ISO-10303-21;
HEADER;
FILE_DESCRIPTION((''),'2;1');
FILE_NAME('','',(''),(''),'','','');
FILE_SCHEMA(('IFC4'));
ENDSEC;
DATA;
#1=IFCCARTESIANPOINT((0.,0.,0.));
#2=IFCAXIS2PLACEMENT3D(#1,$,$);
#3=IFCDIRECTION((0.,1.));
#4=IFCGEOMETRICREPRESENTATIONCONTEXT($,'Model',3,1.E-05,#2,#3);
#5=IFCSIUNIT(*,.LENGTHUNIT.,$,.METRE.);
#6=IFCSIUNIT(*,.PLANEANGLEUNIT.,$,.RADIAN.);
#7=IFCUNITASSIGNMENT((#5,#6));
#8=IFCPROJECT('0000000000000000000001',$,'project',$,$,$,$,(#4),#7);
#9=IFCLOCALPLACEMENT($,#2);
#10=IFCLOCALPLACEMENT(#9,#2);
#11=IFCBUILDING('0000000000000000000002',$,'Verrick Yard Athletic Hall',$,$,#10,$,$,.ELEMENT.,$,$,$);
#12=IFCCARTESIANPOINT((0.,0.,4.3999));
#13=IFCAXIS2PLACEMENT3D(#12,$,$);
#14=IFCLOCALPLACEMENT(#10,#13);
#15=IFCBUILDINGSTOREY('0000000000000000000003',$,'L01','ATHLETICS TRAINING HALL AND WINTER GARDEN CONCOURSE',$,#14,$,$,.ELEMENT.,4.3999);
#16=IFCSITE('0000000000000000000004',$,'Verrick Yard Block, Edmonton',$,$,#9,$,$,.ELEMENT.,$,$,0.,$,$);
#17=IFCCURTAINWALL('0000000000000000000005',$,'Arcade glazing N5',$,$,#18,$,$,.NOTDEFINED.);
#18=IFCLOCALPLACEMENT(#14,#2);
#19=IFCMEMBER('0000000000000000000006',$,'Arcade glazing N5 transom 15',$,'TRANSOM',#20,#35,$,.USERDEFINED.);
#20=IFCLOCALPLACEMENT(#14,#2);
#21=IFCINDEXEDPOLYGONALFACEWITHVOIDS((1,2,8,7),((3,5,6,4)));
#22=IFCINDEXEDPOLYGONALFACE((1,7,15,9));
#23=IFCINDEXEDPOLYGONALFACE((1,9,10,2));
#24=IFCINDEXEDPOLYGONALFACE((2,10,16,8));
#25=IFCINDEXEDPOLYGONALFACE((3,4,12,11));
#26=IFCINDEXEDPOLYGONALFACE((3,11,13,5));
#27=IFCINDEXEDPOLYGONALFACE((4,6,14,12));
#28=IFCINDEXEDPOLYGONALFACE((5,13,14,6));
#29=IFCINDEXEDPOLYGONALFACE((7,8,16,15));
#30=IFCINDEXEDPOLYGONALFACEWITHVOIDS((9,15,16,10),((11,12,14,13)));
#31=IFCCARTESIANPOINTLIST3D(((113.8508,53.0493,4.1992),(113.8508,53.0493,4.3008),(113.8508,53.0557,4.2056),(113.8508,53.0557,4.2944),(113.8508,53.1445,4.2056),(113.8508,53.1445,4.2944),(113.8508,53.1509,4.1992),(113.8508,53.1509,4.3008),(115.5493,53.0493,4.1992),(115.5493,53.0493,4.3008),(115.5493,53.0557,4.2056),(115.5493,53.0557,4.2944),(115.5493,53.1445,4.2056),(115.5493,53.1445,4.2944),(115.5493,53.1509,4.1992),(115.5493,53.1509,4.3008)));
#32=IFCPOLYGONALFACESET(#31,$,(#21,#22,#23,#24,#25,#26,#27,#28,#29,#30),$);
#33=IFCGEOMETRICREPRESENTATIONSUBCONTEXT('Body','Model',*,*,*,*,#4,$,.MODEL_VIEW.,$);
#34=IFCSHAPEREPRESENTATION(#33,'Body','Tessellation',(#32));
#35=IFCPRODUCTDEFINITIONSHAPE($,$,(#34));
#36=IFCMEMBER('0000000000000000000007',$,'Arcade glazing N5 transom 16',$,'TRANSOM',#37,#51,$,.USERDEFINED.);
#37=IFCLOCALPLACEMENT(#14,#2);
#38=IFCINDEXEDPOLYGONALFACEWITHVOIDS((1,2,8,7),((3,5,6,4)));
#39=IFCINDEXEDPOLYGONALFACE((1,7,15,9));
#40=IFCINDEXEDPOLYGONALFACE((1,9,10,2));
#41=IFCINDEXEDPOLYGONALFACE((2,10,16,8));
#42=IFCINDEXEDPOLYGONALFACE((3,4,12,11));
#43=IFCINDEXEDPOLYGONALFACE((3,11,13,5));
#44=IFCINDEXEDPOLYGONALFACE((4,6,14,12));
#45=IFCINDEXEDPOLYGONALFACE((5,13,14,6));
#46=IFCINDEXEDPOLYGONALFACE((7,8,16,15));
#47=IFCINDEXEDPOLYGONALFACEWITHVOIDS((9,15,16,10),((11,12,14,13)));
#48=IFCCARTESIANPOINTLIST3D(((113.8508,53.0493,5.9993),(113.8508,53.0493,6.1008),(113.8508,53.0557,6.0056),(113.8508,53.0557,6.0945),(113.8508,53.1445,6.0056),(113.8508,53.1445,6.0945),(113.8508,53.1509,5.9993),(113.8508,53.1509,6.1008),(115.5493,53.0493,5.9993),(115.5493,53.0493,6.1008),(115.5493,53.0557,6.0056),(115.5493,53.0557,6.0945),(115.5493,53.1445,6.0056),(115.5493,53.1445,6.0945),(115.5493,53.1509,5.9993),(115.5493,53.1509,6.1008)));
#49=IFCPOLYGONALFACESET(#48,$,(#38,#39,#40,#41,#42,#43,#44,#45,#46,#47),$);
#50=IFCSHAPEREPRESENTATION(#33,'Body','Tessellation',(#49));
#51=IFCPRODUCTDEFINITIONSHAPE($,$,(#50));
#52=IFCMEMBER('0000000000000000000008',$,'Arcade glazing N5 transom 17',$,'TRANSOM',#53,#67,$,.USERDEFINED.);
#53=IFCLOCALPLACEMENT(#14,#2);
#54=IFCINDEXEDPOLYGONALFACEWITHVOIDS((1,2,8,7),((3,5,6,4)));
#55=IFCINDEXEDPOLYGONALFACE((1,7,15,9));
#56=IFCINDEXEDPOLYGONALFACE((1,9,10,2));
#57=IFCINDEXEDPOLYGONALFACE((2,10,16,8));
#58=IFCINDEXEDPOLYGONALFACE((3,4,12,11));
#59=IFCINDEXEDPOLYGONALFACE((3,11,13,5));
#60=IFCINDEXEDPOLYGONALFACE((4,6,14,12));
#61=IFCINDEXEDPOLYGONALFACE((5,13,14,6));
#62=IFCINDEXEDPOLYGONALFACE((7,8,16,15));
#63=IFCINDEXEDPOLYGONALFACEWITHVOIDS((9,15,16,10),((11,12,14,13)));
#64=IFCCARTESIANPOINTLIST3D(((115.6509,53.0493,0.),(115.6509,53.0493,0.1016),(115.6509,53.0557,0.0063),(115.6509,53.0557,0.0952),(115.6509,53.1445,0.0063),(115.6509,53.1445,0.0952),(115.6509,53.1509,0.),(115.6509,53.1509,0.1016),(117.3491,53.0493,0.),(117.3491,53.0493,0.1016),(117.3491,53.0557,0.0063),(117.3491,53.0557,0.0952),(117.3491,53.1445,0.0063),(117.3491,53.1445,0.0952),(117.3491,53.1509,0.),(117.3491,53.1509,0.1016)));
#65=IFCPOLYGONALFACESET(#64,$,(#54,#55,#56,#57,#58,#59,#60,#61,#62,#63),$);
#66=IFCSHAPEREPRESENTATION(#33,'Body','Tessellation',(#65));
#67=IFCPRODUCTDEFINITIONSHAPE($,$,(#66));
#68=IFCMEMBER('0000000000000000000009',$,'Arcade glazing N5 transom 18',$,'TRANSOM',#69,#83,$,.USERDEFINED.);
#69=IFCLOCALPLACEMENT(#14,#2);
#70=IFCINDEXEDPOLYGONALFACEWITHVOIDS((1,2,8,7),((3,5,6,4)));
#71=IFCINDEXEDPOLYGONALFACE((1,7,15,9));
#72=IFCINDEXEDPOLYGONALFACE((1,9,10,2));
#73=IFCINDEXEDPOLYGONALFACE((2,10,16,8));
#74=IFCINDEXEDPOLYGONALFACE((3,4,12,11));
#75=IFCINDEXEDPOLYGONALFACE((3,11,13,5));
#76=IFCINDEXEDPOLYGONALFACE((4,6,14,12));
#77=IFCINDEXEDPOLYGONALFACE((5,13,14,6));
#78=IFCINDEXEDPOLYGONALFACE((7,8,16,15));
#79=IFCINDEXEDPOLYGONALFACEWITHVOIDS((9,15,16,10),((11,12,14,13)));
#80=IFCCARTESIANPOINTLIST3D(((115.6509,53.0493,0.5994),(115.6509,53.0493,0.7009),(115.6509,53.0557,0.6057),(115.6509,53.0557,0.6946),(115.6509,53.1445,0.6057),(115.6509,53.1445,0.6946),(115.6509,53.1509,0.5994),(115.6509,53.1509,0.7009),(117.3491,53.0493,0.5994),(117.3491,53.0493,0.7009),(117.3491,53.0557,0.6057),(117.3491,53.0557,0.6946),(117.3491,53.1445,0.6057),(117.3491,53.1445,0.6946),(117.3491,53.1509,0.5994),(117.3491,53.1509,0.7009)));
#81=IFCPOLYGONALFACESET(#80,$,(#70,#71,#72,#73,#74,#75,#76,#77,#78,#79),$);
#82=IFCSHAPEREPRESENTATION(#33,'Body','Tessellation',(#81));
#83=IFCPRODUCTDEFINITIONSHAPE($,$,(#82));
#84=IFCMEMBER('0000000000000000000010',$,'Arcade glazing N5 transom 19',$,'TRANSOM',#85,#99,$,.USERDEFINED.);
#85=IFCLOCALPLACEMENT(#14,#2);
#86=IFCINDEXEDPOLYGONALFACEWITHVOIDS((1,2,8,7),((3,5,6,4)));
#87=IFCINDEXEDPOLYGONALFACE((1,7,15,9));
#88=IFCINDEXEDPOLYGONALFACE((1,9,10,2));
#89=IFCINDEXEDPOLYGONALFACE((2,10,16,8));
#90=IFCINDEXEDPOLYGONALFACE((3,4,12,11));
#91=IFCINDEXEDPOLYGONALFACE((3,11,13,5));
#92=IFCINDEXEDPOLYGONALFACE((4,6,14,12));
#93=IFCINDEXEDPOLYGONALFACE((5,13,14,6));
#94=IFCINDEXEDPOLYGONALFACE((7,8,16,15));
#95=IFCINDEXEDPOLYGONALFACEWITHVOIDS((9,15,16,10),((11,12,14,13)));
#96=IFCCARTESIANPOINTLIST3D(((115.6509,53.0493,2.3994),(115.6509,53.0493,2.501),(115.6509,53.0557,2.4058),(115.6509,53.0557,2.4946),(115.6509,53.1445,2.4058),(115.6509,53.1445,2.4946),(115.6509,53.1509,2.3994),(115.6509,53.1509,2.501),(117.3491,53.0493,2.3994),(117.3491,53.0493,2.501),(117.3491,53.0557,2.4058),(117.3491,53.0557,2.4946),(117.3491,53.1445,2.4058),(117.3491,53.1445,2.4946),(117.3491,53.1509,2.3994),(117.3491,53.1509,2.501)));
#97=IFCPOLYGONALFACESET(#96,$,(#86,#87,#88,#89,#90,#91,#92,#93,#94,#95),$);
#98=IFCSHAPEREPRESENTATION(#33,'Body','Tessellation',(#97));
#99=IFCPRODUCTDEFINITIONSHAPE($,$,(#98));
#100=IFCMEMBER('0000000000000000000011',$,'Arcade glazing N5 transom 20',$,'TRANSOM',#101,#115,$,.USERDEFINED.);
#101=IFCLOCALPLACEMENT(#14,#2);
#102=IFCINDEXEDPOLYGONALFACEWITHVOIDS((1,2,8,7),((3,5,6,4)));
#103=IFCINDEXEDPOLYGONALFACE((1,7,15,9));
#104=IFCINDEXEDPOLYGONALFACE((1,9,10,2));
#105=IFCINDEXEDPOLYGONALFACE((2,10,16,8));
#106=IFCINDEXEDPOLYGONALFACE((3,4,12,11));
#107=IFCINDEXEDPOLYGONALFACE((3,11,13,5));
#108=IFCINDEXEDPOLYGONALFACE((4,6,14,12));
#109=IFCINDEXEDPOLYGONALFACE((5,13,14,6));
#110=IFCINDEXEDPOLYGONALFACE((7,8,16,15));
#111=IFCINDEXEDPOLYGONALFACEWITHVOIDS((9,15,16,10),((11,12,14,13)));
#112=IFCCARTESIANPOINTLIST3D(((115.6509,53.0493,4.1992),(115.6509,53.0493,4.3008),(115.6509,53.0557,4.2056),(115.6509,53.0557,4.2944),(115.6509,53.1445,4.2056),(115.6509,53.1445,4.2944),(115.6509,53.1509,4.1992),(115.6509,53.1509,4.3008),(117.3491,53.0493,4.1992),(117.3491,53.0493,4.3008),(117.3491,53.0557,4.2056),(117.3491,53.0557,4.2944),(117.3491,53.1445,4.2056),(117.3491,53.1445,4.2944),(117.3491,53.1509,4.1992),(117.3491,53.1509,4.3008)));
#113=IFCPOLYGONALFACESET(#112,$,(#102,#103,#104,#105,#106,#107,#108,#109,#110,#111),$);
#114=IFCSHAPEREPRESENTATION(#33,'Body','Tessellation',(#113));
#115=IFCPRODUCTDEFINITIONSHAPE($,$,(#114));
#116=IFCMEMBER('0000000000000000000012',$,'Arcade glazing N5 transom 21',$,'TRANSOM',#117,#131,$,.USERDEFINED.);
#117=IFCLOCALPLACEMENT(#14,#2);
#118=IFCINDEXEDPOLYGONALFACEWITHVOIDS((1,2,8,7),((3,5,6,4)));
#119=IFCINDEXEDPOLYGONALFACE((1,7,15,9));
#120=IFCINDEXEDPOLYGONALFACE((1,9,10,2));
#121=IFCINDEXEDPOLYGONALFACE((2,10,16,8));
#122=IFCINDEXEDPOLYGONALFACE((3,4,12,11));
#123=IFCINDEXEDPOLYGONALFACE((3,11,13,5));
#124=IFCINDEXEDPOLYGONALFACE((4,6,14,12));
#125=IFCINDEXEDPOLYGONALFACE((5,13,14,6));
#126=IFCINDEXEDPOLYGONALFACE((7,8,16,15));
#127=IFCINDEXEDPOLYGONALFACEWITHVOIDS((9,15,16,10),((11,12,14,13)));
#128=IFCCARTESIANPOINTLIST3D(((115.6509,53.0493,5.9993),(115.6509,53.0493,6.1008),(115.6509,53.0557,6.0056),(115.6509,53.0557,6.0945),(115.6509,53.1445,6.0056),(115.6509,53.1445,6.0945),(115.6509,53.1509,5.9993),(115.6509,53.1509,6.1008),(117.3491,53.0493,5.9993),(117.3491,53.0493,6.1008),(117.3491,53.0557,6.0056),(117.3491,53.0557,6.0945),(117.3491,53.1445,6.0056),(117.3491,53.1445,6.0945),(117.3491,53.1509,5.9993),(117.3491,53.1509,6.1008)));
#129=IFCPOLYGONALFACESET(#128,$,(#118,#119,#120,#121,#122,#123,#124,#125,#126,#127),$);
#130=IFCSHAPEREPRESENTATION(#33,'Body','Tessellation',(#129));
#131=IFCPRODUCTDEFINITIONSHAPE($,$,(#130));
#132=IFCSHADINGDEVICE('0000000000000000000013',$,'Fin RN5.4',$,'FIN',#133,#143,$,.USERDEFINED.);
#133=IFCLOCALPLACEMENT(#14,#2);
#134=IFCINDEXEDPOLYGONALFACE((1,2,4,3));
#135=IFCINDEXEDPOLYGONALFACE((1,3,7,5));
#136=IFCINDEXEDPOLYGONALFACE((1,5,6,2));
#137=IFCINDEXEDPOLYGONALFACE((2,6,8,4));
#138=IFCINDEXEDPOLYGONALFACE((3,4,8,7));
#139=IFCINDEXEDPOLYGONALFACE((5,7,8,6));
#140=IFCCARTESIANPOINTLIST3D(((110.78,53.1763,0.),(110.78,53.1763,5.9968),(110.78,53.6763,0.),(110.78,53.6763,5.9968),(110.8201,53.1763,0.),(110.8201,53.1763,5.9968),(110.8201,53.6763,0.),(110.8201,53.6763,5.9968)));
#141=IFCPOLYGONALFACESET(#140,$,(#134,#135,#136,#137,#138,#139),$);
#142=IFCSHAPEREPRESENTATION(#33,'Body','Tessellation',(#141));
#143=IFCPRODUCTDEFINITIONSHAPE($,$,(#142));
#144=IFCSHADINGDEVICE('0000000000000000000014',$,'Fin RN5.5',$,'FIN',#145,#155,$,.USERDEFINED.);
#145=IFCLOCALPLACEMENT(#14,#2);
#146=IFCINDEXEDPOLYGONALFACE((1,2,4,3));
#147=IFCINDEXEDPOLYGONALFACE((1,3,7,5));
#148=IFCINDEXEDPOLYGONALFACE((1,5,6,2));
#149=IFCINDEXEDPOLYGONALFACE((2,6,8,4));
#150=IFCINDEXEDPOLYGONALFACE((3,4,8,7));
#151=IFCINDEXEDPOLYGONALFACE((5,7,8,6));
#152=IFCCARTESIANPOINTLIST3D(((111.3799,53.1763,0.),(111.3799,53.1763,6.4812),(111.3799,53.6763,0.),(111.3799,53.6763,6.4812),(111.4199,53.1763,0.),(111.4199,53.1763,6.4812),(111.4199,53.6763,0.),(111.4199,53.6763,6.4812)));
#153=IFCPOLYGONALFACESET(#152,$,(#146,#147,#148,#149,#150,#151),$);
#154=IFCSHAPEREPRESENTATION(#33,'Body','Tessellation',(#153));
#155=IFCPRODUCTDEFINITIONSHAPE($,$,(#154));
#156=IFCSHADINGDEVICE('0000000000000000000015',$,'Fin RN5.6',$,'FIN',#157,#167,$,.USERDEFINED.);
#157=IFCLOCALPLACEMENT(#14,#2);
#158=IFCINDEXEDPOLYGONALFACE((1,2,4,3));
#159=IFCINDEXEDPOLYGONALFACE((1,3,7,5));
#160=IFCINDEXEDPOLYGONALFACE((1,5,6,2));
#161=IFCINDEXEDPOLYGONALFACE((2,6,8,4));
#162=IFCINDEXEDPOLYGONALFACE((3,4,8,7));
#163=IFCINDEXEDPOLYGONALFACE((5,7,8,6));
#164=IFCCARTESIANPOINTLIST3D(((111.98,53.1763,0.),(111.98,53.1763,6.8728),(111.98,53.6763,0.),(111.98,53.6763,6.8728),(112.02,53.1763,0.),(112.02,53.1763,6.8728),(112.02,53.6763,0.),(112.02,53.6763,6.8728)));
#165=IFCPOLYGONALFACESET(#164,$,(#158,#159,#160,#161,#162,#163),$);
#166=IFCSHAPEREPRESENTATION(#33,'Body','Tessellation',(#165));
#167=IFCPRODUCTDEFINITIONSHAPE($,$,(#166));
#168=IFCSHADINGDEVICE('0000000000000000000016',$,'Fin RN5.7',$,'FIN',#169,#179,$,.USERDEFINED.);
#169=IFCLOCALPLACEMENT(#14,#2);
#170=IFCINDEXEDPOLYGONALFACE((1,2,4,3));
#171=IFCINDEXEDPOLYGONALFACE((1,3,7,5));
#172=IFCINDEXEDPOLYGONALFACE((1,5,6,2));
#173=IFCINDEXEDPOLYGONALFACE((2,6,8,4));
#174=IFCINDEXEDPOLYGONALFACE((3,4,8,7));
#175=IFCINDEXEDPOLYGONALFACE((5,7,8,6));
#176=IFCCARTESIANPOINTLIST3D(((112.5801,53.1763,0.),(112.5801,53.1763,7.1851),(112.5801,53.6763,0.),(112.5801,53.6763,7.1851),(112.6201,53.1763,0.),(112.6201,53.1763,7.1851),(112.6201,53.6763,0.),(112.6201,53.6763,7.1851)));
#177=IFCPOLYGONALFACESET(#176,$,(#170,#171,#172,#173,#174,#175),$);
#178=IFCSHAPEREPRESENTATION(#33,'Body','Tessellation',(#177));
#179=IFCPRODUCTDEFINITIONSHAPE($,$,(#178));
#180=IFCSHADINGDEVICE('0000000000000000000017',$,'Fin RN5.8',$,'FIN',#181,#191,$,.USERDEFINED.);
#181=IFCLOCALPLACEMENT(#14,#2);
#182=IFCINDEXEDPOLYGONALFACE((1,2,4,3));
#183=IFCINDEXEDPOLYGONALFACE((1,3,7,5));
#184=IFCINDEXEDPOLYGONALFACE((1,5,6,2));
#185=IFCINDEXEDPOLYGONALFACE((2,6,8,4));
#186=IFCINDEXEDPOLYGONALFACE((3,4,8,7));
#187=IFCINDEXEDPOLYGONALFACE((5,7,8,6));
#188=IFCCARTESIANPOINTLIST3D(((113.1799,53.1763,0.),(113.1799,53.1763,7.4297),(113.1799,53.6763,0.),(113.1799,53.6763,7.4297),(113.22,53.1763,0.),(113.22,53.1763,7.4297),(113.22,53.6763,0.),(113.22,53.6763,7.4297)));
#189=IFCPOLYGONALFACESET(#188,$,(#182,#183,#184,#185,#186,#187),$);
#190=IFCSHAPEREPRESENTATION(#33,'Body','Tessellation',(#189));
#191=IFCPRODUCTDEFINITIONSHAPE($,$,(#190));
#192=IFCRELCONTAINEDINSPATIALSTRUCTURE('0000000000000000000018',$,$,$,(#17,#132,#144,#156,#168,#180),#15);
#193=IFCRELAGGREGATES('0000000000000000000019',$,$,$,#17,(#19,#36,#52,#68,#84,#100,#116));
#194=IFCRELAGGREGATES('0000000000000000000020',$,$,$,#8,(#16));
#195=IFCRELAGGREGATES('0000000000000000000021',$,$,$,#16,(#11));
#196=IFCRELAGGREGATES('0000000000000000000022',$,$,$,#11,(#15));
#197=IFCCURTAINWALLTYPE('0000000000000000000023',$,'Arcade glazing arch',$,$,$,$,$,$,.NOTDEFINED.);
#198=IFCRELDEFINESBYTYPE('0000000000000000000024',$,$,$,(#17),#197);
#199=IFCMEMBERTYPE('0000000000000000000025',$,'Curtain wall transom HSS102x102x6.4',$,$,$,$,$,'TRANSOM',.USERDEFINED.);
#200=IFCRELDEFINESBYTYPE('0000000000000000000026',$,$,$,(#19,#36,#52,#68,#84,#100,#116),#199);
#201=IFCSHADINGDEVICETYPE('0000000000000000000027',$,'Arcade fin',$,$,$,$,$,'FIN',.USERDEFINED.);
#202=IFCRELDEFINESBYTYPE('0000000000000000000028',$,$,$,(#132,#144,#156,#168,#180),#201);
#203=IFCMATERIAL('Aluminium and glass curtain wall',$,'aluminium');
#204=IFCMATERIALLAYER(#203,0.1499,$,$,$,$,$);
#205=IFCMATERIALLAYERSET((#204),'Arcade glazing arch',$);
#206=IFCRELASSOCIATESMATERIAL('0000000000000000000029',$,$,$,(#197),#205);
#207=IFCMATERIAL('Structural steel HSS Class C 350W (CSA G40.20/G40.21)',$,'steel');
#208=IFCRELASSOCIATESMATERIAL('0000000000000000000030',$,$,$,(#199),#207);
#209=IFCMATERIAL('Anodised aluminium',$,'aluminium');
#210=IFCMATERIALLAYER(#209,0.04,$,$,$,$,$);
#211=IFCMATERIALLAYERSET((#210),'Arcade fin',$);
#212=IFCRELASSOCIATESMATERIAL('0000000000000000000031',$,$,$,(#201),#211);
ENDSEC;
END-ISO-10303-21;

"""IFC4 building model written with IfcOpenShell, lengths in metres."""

from ifc_helpers import new_model, si_unit, direction, frame, origin, origin_2d, place, context, subcontext, project, spatial, polyline, hollow_rectangle, outline, extrude, material, layer, layer_set, material_profile, profile_set, type_object, element, aggregate, save


model = new_model("IFC4")

# Units and contexts
model_context = context("Model", 3, precision=1e-05, world=origin(), true_north=direction((0.0, 1.0)))
body_context = subcontext(model_context, "Body", "Model", "MODEL_VIEW")
ifc_project = project(units=[si_unit("LENGTHUNIT", "METRE"), si_unit("PLANEANGLEUNIT", "RADIAN")], contexts=[model_context])

# Site, building, storey
site_placement = place(None, origin())
site = spatial("IfcSite", under=ifc_project, at=site_placement, Name="Verrick Yard Block, Edmonton", CompositionType="ELEMENT", RefElevation=0.0)
building_placement = place(site_placement, origin())
building = spatial("IfcBuilding", under=site, at=building_placement, Name="Verrick Yard Athletic Hall", CompositionType="ELEMENT")
storey_placement = place(building_placement, frame((0.0, 0.0, 4.3999)))
storey = spatial("IfcBuildingStorey", under=building, at=storey_placement, Name="L01", Description="ATHLETICS TRAINING HALL AND WINTER GARDEN CONCOURSE", CompositionType="ELEMENT", Elevation=4.3999)

# Curtain wall, members
ifc_material_1 = material(Name="Aluminium and glass curtain wall", Category="aluminium")
ifc_layer_1 = layer(ifc_material_1, 0.1499)
ifc_layer_set_1 = layer_set([ifc_layer_1], Name="Arcade glazing arch")
curtain_wall_type = type_object("IfcCurtainWallType", Name="Arcade glazing arch", PredefinedType="NOTDEFINED", material=ifc_layer_set_1)
curtain_wall_placement = place(storey_placement, origin())
curtain_wall = element("IfcCurtainWall", 1, at=curtain_wall_placement, inside=storey, type_object=curtain_wall_type, Name="Arcade glazing N5", PredefinedType="NOTDEFINED")
ifc_material_2 = material(Name="Structural steel HSS Class C 350W (CSA G40.20/G40.21)", Category="steel")
ifc_material_profile_1 = material_profile(ifc_material_2, hollow_rectangle(XDim=0.1016, YDim=0.1016, WallThickness=0.0063, at=origin_2d()), Name="HSS102x102x6.4")
ifc_profile_set_1 = profile_set([ifc_material_profile_1], Name="Structural steel HSS Class C 350W (CSA G40.20/G40.21)")
member_type_1 = type_object("IfcMemberType", Name="Curtain wall transom HSS102x102x6.4", ElementType="TRANSOM", PredefinedType="USERDEFINED", material=ifc_profile_set_1)
member_1_placement = place(storey_placement, frame((113.8508, 53.1001, 4.25), z_axis=(1.0, 0.0, 0.0), x_axis=(0.0, 1.0, 0.0)))
member_1 = element("IfcMember", 2, at=member_1_placement, type_object=member_type_1, Name="Arcade glazing N5 transom 15", ObjectType="TRANSOM", PredefinedType="USERDEFINED", context=body_context, shape_type="SweptSolid", body=[
    extrude(hollow_rectangle(XDim=0.1016, YDim=0.1016, WallThickness=0.0063, at=origin_2d()), origin(), (0.0, 0.0, 1.0), 1.6985),
])
member_2_placement = place(storey_placement, frame((113.8508, 53.1001, 6.05), z_axis=(1.0, 0.0, 0.0), x_axis=(0.0, 1.0, 0.0)))
member_2 = element("IfcMember", 3, at=member_2_placement, type_object=member_type_1, Name="Arcade glazing N5 transom 16", ObjectType="TRANSOM", PredefinedType="USERDEFINED", context=body_context, shape_type="SweptSolid", body=[
    extrude(hollow_rectangle(XDim=0.1016, YDim=0.1016, WallThickness=0.0063, at=origin_2d()), origin(), (0.0, 0.0, 1.0), 1.6985),
])
member_3_placement = place(storey_placement, frame((115.6509, 53.1001, 0.0508), z_axis=(1.0, 0.0, 0.0), x_axis=(0.0, 1.0, 0.0)))
member_3 = element("IfcMember", 4, at=member_3_placement, type_object=member_type_1, Name="Arcade glazing N5 transom 17", ObjectType="TRANSOM", PredefinedType="USERDEFINED", context=body_context, shape_type="SweptSolid", body=[
    extrude(hollow_rectangle(XDim=0.1016, YDim=0.1016, WallThickness=0.0063, at=origin_2d()), origin(), (0.0, 0.0, 1.0), 1.6982),
])
member_4_placement = place(storey_placement, frame((115.6509, 53.1001, 0.6501), z_axis=(1.0, 0.0, 0.0), x_axis=(0.0, 1.0, 0.0)))
member_4 = element("IfcMember", 5, at=member_4_placement, type_object=member_type_1, Name="Arcade glazing N5 transom 18", ObjectType="TRANSOM", PredefinedType="USERDEFINED", context=body_context, shape_type="SweptSolid", body=[
    extrude(hollow_rectangle(XDim=0.1016, YDim=0.1016, WallThickness=0.0063, at=origin_2d()), origin(), (0.0, 0.0, 1.0), 1.6982),
])
member_5_placement = place(storey_placement, frame((115.6509, 53.1001, 2.4502), z_axis=(1.0, 0.0, 0.0), x_axis=(0.0, 1.0, 0.0)))
member_5 = element("IfcMember", 6, at=member_5_placement, type_object=member_type_1, Name="Arcade glazing N5 transom 19", ObjectType="TRANSOM", PredefinedType="USERDEFINED", context=body_context, shape_type="SweptSolid", body=[
    extrude(hollow_rectangle(XDim=0.1016, YDim=0.1016, WallThickness=0.0063, at=origin_2d()), origin(), (0.0, 0.0, 1.0), 1.6982),
])
member_6_placement = place(storey_placement, frame((115.6509, 53.1001, 4.25), z_axis=(1.0, 0.0, 0.0), x_axis=(0.0, 1.0, 0.0)))
member_6 = element("IfcMember", 7, at=member_6_placement, type_object=member_type_1, Name="Arcade glazing N5 transom 20", ObjectType="TRANSOM", PredefinedType="USERDEFINED", context=body_context, shape_type="SweptSolid", body=[
    extrude(hollow_rectangle(XDim=0.1016, YDim=0.1016, WallThickness=0.0063, at=origin_2d()), origin(), (0.0, 0.0, 1.0), 1.6982),
])
member_7_placement = place(storey_placement, frame((115.6509, 53.1001, 6.05), z_axis=(1.0, 0.0, 0.0), x_axis=(0.0, 1.0, 0.0)))
member_7 = element("IfcMember", 8, at=member_7_placement, type_object=member_type_1, Name="Arcade glazing N5 transom 21", ObjectType="TRANSOM", PredefinedType="USERDEFINED", context=body_context, shape_type="SweptSolid", body=[
    extrude(hollow_rectangle(XDim=0.1016, YDim=0.1016, WallThickness=0.0063, at=origin_2d()), origin(), (0.0, 0.0, 1.0), 1.6982),
])
aggregate(curtain_wall, [member_1, member_2, member_3, member_4, member_5, member_6, member_7])

# Shading devices
ifc_material_3 = material(Name="Anodised aluminium", Category="aluminium")
ifc_layer_2 = layer(ifc_material_3, 0.04)
ifc_layer_set_2 = layer_set([ifc_layer_2], Name="Arcade fin")
shading_device_type = type_object("IfcShadingDeviceType", Name="Arcade fin", ElementType="FIN", PredefinedType="USERDEFINED", material=ifc_layer_set_2)
shading_device_1_placement = place(storey_placement, frame((110.8, 53.1763, 0.0), z_axis=(0.0, 0.0, 1.0), x_axis=(0.0, 1.0, 0.0)))
element("IfcShadingDevice", 9, at=shading_device_1_placement, inside=storey, type_object=shading_device_type, Name="Fin RN5.4", ObjectType="FIN", PredefinedType="USERDEFINED", context=body_context, shape_type="SweptSolid", body=[
    extrude(outline(polyline([(0.0, 0.0), (0.5, 0.0), (0.5, 5.9968), (0.0, 5.9968), (0.0, 0.0)])), frame((0.0, 0.02, 0.0), z_axis=(0.0, -1.0, 0.0), x_axis=(1.0, 0.0, 0.0)), (0.0, 0.0, 1.0), 0.04),
])
shading_device_2_placement = place(storey_placement, frame((111.3999, 53.1763, 0.0), z_axis=(0.0, 0.0, 1.0), x_axis=(0.0, 1.0, 0.0)))
element("IfcShadingDevice", 10, at=shading_device_2_placement, inside=storey, type_object=shading_device_type, Name="Fin RN5.5", ObjectType="FIN", PredefinedType="USERDEFINED", context=body_context, shape_type="SweptSolid", body=[
    extrude(outline(polyline([(0.0, 0.0), (0.5, 0.0), (0.5, 6.4812), (0.0, 6.4812), (0.0, 0.0)])), frame((0.0, 0.02, 0.0), z_axis=(0.0, -1.0, 0.0), x_axis=(1.0, 0.0, 0.0)), (0.0, 0.0, 1.0), 0.04),
])
shading_device_3_placement = place(storey_placement, frame((112.0, 53.1763, 0.0), z_axis=(0.0, 0.0, 1.0), x_axis=(0.0, 1.0, 0.0)))
element("IfcShadingDevice", 11, at=shading_device_3_placement, inside=storey, type_object=shading_device_type, Name="Fin RN5.6", ObjectType="FIN", PredefinedType="USERDEFINED", context=body_context, shape_type="SweptSolid", body=[
    extrude(outline(polyline([(0.0, 0.0), (0.5, 0.0), (0.5, 6.8728), (0.0, 6.8728), (0.0, 0.0)])), frame((0.0, 0.02, 0.0), z_axis=(0.0, -1.0, 0.0), x_axis=(1.0, 0.0, 0.0)), (0.0, 0.0, 1.0), 0.04),
])
shading_device_4_placement = place(storey_placement, frame((112.6001, 53.1763, 0.0), z_axis=(0.0, 0.0, 1.0), x_axis=(0.0, 1.0, 0.0)))
element("IfcShadingDevice", 12, at=shading_device_4_placement, inside=storey, type_object=shading_device_type, Name="Fin RN5.7", ObjectType="FIN", PredefinedType="USERDEFINED", context=body_context, shape_type="SweptSolid", body=[
    extrude(outline(polyline([(0.0, 0.0), (0.5, 0.0), (0.5, 7.1851), (0.0, 7.1851), (0.0, 0.0)])), frame((0.0, 0.02, 0.0), z_axis=(0.0, -1.0, 0.0), x_axis=(1.0, 0.0, 0.0)), (0.0, 0.0, 1.0), 0.04),
])
shading_device_5_placement = place(storey_placement, frame((113.2, 53.1763, 0.0), z_axis=(0.0, 0.0, 1.0), x_axis=(0.0, 1.0, 0.0)))
element("IfcShadingDevice", 13, at=shading_device_5_placement, inside=storey, type_object=shading_device_type, Name="Fin RN5.8", ObjectType="FIN", PredefinedType="USERDEFINED", context=body_context, shape_type="SweptSolid", body=[
    extrude(outline(polyline([(0.0, 0.0), (0.5, 0.0), (0.5, 7.4297), (0.0, 7.4297), (0.0, 0.0)])), frame((0.0, 0.02, 0.0), z_axis=(0.0, -1.0, 0.0), x_axis=(1.0, 0.0, 0.0)), (0.0, 0.0, 1.0), 0.04),
])

save(model, "model.ifc")
